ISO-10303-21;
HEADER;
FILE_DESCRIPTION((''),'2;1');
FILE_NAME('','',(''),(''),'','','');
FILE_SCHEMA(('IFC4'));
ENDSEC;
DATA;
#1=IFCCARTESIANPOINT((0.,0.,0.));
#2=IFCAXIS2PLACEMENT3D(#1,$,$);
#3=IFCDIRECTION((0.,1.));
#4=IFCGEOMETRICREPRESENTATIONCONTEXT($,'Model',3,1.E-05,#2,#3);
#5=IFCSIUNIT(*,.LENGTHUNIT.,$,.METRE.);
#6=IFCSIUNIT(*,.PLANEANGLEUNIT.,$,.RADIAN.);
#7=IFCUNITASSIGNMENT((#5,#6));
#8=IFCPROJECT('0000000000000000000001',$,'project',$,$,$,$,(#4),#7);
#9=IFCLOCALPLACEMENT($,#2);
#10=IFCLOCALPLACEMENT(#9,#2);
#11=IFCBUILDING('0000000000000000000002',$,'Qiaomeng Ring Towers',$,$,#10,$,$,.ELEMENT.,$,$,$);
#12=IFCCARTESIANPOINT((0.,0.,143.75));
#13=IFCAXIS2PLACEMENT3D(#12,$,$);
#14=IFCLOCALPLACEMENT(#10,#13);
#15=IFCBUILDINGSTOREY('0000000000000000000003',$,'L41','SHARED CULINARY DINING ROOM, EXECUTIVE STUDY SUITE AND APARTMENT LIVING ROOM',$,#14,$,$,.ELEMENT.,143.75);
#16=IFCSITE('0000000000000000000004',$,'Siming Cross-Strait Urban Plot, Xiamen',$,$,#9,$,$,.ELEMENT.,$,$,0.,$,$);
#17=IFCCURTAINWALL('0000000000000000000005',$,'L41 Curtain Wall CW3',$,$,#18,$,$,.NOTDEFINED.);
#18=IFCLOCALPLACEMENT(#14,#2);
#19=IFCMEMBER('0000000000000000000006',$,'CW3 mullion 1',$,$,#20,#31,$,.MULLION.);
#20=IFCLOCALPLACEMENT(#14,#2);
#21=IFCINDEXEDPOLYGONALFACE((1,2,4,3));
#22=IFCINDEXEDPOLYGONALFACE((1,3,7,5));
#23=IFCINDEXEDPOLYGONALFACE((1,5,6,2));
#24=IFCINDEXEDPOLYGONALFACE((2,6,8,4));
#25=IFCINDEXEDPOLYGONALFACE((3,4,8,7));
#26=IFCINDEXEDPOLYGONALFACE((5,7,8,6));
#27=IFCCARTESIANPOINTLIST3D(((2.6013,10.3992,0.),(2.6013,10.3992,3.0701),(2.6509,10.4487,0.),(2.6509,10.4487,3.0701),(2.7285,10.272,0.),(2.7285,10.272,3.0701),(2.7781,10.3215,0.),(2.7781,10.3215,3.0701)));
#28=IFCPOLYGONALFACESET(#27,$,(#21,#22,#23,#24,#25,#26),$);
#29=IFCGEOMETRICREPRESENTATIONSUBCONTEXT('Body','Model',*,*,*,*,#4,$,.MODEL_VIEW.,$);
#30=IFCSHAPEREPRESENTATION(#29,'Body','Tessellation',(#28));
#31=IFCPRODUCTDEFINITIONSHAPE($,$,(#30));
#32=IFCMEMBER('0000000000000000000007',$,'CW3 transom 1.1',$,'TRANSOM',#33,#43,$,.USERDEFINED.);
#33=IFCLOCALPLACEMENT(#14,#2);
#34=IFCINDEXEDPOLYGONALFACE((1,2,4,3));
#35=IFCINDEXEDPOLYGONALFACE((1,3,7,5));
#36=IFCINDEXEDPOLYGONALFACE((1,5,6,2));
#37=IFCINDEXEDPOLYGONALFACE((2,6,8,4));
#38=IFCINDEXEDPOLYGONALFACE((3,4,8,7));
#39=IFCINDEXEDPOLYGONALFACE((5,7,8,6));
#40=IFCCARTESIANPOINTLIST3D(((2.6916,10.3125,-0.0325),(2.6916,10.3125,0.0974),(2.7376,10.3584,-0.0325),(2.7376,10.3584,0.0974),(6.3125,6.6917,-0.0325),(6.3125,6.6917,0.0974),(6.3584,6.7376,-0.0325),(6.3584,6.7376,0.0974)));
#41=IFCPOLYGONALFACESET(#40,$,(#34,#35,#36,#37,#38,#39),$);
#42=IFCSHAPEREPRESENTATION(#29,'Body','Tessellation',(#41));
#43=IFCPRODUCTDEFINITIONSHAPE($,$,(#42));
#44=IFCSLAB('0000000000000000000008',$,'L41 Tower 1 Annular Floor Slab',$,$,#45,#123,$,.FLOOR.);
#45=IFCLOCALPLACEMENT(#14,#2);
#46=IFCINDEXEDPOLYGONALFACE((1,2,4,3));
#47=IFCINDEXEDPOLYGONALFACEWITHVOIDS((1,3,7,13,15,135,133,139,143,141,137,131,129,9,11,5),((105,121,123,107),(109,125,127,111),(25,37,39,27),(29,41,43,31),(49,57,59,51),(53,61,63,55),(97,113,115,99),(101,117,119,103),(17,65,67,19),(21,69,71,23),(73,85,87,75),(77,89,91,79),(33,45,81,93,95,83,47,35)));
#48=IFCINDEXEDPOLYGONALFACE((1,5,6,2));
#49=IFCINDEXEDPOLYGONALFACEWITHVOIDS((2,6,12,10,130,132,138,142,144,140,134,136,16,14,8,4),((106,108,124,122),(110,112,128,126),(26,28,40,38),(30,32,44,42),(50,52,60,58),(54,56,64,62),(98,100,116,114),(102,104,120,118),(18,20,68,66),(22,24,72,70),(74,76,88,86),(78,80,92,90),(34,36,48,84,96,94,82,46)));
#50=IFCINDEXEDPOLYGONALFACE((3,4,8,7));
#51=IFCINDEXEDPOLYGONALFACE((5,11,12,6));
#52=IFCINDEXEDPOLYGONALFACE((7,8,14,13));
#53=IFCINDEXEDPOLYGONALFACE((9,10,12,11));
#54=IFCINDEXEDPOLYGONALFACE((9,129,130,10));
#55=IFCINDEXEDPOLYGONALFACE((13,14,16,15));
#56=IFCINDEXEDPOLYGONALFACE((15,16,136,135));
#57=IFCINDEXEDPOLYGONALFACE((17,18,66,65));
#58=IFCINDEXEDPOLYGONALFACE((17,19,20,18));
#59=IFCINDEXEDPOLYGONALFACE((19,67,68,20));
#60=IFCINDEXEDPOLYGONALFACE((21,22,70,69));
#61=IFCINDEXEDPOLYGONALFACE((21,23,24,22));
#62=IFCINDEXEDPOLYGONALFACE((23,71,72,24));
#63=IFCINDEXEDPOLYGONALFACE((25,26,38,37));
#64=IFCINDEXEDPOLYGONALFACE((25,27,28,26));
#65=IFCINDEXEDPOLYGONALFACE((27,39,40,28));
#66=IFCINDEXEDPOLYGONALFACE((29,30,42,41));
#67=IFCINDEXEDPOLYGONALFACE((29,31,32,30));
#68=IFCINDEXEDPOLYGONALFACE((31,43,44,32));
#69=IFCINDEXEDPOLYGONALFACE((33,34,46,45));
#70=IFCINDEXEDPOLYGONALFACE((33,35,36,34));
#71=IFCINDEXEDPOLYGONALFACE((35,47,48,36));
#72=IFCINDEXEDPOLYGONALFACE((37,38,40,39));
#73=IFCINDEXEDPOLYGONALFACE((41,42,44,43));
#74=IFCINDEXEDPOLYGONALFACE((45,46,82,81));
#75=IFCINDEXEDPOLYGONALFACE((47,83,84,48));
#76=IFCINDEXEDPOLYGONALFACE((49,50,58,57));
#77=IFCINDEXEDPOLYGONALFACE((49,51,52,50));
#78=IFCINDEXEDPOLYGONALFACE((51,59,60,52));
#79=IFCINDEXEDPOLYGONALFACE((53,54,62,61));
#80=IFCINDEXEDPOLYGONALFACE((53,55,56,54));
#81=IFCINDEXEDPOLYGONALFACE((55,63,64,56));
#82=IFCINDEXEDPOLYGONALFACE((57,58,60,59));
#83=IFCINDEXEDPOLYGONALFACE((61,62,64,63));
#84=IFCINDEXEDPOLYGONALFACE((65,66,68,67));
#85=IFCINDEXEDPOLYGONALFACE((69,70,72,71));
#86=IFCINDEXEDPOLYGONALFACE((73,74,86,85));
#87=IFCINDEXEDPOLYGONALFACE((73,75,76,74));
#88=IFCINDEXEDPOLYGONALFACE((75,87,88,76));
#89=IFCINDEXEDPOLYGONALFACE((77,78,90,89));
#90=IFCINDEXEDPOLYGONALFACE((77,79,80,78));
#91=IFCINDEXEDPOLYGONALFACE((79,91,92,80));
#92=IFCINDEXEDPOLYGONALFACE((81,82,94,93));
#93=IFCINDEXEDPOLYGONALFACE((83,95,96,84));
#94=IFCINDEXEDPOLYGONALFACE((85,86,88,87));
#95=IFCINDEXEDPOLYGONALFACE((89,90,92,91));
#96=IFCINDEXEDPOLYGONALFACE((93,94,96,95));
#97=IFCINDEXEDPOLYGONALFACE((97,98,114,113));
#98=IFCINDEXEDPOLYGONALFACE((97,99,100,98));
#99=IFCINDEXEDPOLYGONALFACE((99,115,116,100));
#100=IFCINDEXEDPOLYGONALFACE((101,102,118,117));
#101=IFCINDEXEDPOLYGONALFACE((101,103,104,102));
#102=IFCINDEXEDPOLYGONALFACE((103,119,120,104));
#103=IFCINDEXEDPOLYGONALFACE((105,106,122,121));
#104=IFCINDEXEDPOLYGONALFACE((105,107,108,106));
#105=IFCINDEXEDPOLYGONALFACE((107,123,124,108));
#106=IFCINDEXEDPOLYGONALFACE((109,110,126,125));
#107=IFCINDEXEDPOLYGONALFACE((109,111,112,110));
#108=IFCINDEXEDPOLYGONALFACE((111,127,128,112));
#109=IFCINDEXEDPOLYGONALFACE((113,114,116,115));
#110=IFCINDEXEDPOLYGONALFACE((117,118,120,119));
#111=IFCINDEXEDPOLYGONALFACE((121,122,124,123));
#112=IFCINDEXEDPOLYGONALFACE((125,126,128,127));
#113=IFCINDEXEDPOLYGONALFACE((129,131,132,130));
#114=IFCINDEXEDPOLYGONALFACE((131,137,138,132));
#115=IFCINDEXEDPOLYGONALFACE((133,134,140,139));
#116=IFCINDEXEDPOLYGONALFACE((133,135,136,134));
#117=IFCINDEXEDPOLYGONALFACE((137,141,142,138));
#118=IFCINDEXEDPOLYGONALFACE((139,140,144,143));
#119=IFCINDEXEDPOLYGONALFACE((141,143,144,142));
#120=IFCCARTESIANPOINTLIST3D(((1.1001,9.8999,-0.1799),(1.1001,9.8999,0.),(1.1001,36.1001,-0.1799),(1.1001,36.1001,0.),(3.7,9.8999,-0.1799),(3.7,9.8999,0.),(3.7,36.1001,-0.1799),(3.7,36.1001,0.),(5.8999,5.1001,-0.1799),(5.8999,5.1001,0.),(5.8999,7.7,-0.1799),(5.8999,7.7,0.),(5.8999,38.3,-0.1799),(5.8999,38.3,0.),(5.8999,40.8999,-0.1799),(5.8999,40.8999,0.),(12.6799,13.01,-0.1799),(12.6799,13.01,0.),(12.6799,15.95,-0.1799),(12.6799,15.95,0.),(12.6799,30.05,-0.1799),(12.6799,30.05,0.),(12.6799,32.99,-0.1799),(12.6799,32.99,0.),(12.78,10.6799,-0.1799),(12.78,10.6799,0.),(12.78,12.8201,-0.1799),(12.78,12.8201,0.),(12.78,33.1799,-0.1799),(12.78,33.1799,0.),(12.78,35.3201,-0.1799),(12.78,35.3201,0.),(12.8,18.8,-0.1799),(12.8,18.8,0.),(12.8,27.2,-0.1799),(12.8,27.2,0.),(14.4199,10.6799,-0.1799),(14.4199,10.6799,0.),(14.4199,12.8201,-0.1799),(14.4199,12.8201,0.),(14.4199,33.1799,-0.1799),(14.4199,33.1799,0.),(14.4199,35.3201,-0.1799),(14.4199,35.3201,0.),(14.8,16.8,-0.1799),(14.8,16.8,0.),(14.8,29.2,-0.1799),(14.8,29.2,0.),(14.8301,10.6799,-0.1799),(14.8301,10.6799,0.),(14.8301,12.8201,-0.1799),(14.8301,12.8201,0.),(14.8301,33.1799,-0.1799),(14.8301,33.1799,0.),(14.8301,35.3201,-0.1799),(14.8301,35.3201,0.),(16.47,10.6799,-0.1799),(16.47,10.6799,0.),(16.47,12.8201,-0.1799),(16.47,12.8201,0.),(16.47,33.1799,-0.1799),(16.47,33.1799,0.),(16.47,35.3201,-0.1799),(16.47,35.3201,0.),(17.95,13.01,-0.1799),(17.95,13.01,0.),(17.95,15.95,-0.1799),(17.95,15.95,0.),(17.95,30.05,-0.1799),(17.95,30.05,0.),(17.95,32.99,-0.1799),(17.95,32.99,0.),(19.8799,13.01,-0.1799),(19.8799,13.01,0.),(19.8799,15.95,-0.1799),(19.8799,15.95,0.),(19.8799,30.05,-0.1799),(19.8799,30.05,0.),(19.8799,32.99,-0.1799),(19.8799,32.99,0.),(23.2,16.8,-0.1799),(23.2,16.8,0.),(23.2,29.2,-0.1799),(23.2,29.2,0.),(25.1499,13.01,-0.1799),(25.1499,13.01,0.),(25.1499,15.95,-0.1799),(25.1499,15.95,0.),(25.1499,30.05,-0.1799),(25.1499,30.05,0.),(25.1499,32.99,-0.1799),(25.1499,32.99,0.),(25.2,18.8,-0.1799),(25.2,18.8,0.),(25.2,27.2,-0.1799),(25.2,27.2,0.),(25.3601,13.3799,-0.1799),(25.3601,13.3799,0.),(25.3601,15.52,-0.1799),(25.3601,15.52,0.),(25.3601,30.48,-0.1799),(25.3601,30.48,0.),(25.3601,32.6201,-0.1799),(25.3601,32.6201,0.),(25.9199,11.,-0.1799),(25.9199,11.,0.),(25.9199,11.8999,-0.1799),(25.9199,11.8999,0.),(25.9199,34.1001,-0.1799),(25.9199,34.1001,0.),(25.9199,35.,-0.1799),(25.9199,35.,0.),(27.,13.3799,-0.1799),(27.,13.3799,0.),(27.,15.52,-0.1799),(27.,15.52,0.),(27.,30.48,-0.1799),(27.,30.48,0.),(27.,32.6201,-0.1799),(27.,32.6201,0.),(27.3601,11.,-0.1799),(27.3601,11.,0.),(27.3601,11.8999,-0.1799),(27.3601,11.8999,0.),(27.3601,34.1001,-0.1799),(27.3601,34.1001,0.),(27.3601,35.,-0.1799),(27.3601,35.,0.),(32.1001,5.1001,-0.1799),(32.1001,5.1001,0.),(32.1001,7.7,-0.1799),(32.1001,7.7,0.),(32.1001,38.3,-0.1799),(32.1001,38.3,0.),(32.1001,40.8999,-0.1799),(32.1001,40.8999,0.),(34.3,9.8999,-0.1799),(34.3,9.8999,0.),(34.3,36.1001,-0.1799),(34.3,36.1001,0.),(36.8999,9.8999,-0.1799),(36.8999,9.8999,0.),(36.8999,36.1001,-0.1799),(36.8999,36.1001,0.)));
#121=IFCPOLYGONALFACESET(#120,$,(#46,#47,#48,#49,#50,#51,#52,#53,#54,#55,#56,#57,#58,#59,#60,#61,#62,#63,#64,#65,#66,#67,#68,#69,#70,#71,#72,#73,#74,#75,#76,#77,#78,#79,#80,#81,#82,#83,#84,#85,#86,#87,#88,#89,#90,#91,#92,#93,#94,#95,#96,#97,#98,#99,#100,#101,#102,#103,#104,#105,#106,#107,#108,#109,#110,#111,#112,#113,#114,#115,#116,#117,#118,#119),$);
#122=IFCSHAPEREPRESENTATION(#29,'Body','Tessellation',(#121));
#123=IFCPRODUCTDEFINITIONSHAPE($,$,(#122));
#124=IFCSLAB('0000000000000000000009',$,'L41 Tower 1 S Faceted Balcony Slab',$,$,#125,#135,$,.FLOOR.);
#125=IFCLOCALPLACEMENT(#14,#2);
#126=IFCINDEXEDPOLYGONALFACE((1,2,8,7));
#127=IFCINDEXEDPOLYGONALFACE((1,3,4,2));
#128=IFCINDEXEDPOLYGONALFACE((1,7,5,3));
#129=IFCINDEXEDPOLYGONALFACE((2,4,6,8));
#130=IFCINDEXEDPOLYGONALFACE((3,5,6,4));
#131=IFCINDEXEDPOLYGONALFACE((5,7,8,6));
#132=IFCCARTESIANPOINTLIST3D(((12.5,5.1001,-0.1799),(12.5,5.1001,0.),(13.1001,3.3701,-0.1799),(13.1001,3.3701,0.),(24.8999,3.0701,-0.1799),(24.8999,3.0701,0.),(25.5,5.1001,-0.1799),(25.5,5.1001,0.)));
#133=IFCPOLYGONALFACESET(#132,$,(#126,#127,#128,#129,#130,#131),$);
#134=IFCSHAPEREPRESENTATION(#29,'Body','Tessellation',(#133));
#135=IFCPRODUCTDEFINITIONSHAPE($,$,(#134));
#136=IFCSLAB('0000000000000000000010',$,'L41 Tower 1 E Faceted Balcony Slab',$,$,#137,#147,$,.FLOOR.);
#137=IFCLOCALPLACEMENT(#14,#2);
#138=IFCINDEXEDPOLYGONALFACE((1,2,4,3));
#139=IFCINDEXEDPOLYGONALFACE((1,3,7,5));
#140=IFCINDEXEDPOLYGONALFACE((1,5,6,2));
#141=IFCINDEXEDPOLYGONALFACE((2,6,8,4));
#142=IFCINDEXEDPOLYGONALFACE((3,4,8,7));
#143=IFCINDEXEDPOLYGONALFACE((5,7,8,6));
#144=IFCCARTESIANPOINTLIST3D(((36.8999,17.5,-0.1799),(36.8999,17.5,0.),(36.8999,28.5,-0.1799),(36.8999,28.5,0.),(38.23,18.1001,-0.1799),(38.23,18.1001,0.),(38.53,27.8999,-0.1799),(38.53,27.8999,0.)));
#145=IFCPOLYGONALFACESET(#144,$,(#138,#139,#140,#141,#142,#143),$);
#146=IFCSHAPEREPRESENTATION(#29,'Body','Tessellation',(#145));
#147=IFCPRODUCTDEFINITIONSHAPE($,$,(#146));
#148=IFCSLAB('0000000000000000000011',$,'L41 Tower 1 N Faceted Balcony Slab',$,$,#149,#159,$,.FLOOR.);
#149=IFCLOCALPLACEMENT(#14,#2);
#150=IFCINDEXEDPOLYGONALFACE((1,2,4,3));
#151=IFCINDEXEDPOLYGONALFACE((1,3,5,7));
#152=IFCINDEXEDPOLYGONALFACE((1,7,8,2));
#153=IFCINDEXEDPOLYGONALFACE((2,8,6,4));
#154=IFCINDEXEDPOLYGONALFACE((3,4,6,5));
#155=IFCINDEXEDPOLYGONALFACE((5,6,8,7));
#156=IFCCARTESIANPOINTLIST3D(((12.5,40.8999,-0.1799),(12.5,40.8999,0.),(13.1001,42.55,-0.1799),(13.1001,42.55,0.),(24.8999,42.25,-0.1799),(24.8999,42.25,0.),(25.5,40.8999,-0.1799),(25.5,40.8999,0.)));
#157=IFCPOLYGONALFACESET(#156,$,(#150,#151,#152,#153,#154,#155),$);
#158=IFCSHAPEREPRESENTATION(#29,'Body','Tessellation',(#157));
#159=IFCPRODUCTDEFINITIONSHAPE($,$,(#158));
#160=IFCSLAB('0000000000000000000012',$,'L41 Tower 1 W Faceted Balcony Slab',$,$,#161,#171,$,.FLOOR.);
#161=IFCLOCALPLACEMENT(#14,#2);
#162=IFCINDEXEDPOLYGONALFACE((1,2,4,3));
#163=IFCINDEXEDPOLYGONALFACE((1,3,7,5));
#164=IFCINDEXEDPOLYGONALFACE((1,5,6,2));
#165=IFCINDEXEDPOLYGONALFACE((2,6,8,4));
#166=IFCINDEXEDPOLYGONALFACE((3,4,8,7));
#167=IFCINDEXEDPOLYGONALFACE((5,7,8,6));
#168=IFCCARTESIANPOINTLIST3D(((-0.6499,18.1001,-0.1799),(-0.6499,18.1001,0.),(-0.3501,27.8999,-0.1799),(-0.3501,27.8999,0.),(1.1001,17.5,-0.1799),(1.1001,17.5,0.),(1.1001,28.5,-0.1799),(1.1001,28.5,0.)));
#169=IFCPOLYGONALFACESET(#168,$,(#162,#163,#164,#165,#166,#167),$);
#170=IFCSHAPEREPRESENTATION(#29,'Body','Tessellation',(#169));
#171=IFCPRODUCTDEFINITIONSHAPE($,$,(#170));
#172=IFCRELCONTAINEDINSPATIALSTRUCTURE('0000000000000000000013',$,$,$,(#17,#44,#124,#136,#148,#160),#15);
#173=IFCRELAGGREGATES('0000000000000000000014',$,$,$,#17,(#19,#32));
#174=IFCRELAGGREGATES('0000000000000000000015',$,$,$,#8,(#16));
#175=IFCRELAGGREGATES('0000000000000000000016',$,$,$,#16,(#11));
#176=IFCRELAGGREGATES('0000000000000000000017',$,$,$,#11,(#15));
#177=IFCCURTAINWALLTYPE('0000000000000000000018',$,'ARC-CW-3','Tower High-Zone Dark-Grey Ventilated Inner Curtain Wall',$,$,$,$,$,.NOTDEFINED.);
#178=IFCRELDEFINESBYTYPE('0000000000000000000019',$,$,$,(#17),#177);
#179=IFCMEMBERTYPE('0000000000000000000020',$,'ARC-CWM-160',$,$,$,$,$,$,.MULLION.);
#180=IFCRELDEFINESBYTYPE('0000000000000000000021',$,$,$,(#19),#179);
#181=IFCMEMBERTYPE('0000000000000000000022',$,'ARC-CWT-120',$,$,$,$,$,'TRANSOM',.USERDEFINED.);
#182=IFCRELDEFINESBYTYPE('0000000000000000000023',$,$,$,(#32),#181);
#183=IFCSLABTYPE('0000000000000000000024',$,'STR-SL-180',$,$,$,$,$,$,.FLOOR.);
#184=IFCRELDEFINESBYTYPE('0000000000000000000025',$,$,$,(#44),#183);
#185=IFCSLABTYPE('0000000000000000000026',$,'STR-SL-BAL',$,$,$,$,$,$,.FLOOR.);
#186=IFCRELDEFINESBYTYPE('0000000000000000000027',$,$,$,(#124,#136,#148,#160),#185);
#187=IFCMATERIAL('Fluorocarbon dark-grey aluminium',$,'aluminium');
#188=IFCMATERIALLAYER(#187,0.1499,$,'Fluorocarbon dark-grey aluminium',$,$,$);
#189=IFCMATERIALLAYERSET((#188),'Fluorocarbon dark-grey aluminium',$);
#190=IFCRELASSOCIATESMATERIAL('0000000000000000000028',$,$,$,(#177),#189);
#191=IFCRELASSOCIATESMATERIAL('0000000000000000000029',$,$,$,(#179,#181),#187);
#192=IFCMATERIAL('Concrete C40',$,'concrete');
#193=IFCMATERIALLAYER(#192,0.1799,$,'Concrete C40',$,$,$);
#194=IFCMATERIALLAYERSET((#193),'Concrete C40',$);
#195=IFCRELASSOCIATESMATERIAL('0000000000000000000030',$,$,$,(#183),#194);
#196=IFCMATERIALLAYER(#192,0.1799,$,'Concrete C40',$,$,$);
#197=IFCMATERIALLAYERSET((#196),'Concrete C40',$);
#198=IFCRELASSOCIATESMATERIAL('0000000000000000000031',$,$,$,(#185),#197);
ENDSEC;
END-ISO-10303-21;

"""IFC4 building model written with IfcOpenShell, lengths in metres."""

from ifc_helpers import new_model, si_unit, direction, frame, origin, origin_2d, place, context, subcontext, project, spatial, polyline, rectangle, outline, extrude, source, transform, mapped, material, layer, layer_set, material_profile, profile_set, type_object, element, aggregate, save


model = new_model("IFC4")

# Units and contexts
model_context = context("Model", 3, precision=1e-05, world=origin(), true_north=direction((0.0, 1.0)))
body_context = subcontext(model_context, "Body", "Model", "MODEL_VIEW")
ifc_project = project(units=[si_unit("LENGTHUNIT", "METRE"), si_unit("PLANEANGLEUNIT", "RADIAN")], contexts=[model_context])

# Site, building, storey
site_placement = place(None, origin())
site = spatial("IfcSite", under=ifc_project, at=site_placement, Name="Siming Cross-Strait Urban Plot, Xiamen", CompositionType="ELEMENT", RefElevation=0.0)
building_placement = place(site_placement, origin())
building = spatial("IfcBuilding", under=site, at=building_placement, Name="Qiaomeng Ring Towers", CompositionType="ELEMENT")
storey_placement = place(building_placement, frame((0.0, 0.0, 143.75)))
storey = spatial("IfcBuildingStorey", under=building, at=storey_placement, Name="L41", Description="SHARED CULINARY DINING ROOM, EXECUTIVE STUDY SUITE AND APARTMENT LIVING ROOM", CompositionType="ELEMENT", Elevation=143.75)

# Curtain wall, members
ifc_material_1 = material(Name="Fluorocarbon dark-grey aluminium", Category="aluminium")
ifc_layer_1 = layer(ifc_material_1, 0.1499, Name="Fluorocarbon dark-grey aluminium")
ifc_layer_set_1 = layer_set([ifc_layer_1], Name="Fluorocarbon dark-grey aluminium")
curtain_wall_type = type_object("IfcCurtainWallType", Name="ARC-CW-3", Description="Tower High-Zone Dark-Grey Ventilated Inner Curtain Wall", PredefinedType="NOTDEFINED", material=ifc_layer_set_1)
curtain_wall_placement = place(storey_placement, origin())
curtain_wall = element("IfcCurtainWall", 1, at=curtain_wall_placement, inside=storey, type_object=curtain_wall_type, Name="L41 Curtain Wall CW3", PredefinedType="NOTDEFINED")
ifc_material_profile_1 = material_profile(ifc_material_1, rectangle(XDim=0.0701, YDim=0.1799, at=origin_2d()), Name="ALU MULL 70x180")
ifc_profile_set_1 = profile_set([ifc_material_profile_1], Name="Fluorocarbon dark-grey aluminium")
member_type_1 = type_object("IfcMemberType", Name="ARC-CWM-160", PredefinedType="MULLION", material=ifc_profile_set_1)
shared_shape_1 = source(origin(), body_context, "Body", "SweptSolid", [
    extrude(rectangle(XDim=0.0701, YDim=0.1799, at=origin_2d()), origin(), (0.0, 0.0, 1.0), 3.0701),
])
member_1_placement = place(storey_placement, frame((2.6897, 10.3604, 0.0), z_axis=(0.0, 0.0, 1.0), x_axis=(0.707107, 0.707107, 0.0)))
member_1 = element("IfcMember", 2, at=member_1_placement, type_object=member_type_1, Name="CW3 mullion 1", PredefinedType="MULLION", context=body_context, shape_type="MappedRepresentation", body=[
    mapped(shared_shape_1, transform((0.0, 0.0, 0.0), x_axis=(1.0, 0.0, 0.0), y_axis=(0.0, 1.0, 0.0), z_axis=(0.0, 0.0, 1.0), scale=1.0)),
])
ifc_material_profile_2 = material_profile(ifc_material_1, rectangle(XDim=0.0649, YDim=0.1299, at=origin_2d()), Name="ALU TRAN 65x130")
ifc_profile_set_2 = profile_set([ifc_material_profile_2], Name="Fluorocarbon dark-grey aluminium")
member_type_2 = type_object("IfcMemberType", Name="ARC-CWT-120", ElementType="TRANSOM", PredefinedType="USERDEFINED", material=ifc_profile_set_2)
shared_shape_2 = source(origin(), body_context, "Body", "SweptSolid", [
    extrude(rectangle(XDim=0.0649, YDim=0.1299, at=origin_2d()), origin(), (0.0, 0.0, 1.0), 5.1206),
])
member_2_placement = place(storey_placement, frame((2.7146, 10.3354, 0.0325), z_axis=(0.707107, -0.707107, 0.0), x_axis=(0.707107, 0.707107, 0.0)))
member_2 = element("IfcMember", 3, at=member_2_placement, type_object=member_type_2, Name="CW3 transom 1.1", ObjectType="TRANSOM", PredefinedType="USERDEFINED", context=body_context, shape_type="MappedRepresentation", body=[
    mapped(shared_shape_2, transform((0.0, 0.0, 0.0), x_axis=(1.0, 0.0, 0.0), y_axis=(0.0, 1.0, 0.0), z_axis=(0.0, 0.0, 1.0), scale=1.0)),
])
aggregate(curtain_wall, [member_1, member_2])

# Slabs
ifc_material_2 = material(Name="Concrete C40", Category="concrete")
ifc_layer_2 = layer(ifc_material_2, 0.1799, Name="Concrete C40")
ifc_layer_set_2 = layer_set([ifc_layer_2], Name="Concrete C40")
slab_type_1 = type_object("IfcSlabType", Name="STR-SL-180", PredefinedType="FLOOR", material=ifc_layer_set_2)
slab_1_placement = place(storey_placement, frame((0.0, 0.0, -0.1799)))
element("IfcSlab", 4, at=slab_1_placement, inside=storey, type_object=slab_type_1, Name="L41 Tower 1 Annular Floor Slab", PredefinedType="FLOOR", context=body_context, shape_type="SweptSolid", body=[
    extrude(outline(polyline([(5.8999, 5.1001), (32.1001, 5.1001), (32.1001, 7.7), (34.3, 9.8999), (36.8999, 9.8999), (36.8999, 36.1001), (34.3, 36.1001), (32.1001, 38.3), (32.1001, 40.8999), (5.8999, 40.8999), (5.8999, 38.3), (3.7, 36.1001), (1.1001, 36.1001), (1.1001, 9.8999), (3.7, 9.8999), (5.8999, 7.7), (5.8999, 5.1001)]), holes=[polyline([(12.78, 10.6799), (12.78, 12.8201), (14.4199, 12.8201), (14.4199, 10.6799), (12.78, 10.6799)]), polyline([(14.8301, 12.8201), (16.47, 12.8201), (16.47, 10.6799), (14.8301, 10.6799), (14.8301, 12.8201)]), polyline([(12.6799, 15.95), (17.95, 15.95), (17.95, 13.01), (12.6799, 13.01), (12.6799, 15.95)]), polyline([(23.2, 29.2), (25.2, 27.2), (25.2, 18.8), (23.2, 16.8), (14.8, 16.8), (12.8, 18.8), (12.8, 27.2), (14.8, 29.2), (23.2, 29.2)]), polyline([(12.6799, 32.99), (17.95, 32.99), (17.95, 30.05), (12.6799, 30.05), (12.6799, 32.99)]), polyline([(12.78, 35.3201), (14.4199, 35.3201), (14.4199, 33.1799), (12.78, 33.1799), (12.78, 35.3201)]), polyline([(14.8301, 33.1799), (14.8301, 35.3201), (16.47, 35.3201), (16.47, 33.1799), (14.8301, 33.1799)]), polyline([(25.9199, 11.8999), (27.3601, 11.8999), (27.3601, 11.0), (25.9199, 11.0), (25.9199, 11.8999)]), polyline([(25.3601, 15.52), (27.0, 15.52), (27.0, 13.3799), (25.3601, 13.3799), (25.3601, 15.52)]), polyline([(19.8799, 15.95), (25.1499, 15.95), (25.1499, 13.01), (19.8799, 13.01), (19.8799, 15.95)]), polyline([(19.8799, 32.99), (25.1499, 32.99), (25.1499, 30.05), (19.8799, 30.05), (19.8799, 32.99)]), polyline([(25.3601, 32.6201), (27.0, 32.6201), (27.0, 30.48), (25.3601, 30.48), (25.3601, 32.6201)]), polyline([(25.9199, 35.0), (27.3601, 35.0), (27.3601, 34.1001), (25.9199, 34.1001), (25.9199, 35.0)])]), origin(), (0.0, 0.0, 1.0), 0.1799),
])
ifc_layer_3 = layer(ifc_material_2, 0.1799, Name="Concrete C40")
ifc_layer_set_3 = layer_set([ifc_layer_3], Name="Concrete C40")
slab_type_2 = type_object("IfcSlabType", Name="STR-SL-BAL", PredefinedType="FLOOR", material=ifc_layer_set_3)
slab_2_placement = place(storey_placement, frame((0.0, 0.0, -0.1799)))
element("IfcSlab", 5, at=slab_2_placement, inside=storey, type_object=slab_type_2, Name="L41 Tower 1 S Faceted Balcony Slab", PredefinedType="FLOOR", context=body_context, shape_type="SweptSolid", body=[
    extrude(outline(polyline([(24.8999, 3.0701), (13.1001, 3.3701), (12.5, 5.1001), (25.5, 5.1001), (24.8999, 3.0701)])), origin(), (0.0, 0.0, 1.0), 0.1799),
])
slab_3_placement = place(storey_placement, frame((0.0, 0.0, -0.1799)))
element("IfcSlab", 6, at=slab_3_placement, inside=storey, type_object=slab_type_2, Name="L41 Tower 1 E Faceted Balcony Slab", PredefinedType="FLOOR", context=body_context, shape_type="SweptSolid", body=[
    extrude(outline(polyline([(38.53, 27.8999), (38.23, 18.1001), (36.8999, 17.5), (36.8999, 28.5), (38.53, 27.8999)])), origin(), (0.0, 0.0, 1.0), 0.1799),
])
slab_4_placement = place(storey_placement, frame((0.0, 0.0, -0.1799)))
element("IfcSlab", 7, at=slab_4_placement, inside=storey, type_object=slab_type_2, Name="L41 Tower 1 N Faceted Balcony Slab", PredefinedType="FLOOR", context=body_context, shape_type="SweptSolid", body=[
    extrude(outline(polyline([(12.5, 40.8999), (13.1001, 42.55), (24.8999, 42.25), (25.5, 40.8999), (12.5, 40.8999)])), origin(), (0.0, 0.0, 1.0), 0.1799),
])
slab_5_placement = place(storey_placement, frame((0.0, 0.0, -0.1799)))
element("IfcSlab", 8, at=slab_5_placement, inside=storey, type_object=slab_type_2, Name="L41 Tower 1 W Faceted Balcony Slab", PredefinedType="FLOOR", context=body_context, shape_type="SweptSolid", body=[
    extrude(outline(polyline([(-0.6499, 18.1001), (-0.3501, 27.8999), (1.1001, 28.5), (1.1001, 17.5), (-0.6499, 18.1001)])), origin(), (0.0, 0.0, 1.0), 0.1799),
])

save(model, "model.ifc")
